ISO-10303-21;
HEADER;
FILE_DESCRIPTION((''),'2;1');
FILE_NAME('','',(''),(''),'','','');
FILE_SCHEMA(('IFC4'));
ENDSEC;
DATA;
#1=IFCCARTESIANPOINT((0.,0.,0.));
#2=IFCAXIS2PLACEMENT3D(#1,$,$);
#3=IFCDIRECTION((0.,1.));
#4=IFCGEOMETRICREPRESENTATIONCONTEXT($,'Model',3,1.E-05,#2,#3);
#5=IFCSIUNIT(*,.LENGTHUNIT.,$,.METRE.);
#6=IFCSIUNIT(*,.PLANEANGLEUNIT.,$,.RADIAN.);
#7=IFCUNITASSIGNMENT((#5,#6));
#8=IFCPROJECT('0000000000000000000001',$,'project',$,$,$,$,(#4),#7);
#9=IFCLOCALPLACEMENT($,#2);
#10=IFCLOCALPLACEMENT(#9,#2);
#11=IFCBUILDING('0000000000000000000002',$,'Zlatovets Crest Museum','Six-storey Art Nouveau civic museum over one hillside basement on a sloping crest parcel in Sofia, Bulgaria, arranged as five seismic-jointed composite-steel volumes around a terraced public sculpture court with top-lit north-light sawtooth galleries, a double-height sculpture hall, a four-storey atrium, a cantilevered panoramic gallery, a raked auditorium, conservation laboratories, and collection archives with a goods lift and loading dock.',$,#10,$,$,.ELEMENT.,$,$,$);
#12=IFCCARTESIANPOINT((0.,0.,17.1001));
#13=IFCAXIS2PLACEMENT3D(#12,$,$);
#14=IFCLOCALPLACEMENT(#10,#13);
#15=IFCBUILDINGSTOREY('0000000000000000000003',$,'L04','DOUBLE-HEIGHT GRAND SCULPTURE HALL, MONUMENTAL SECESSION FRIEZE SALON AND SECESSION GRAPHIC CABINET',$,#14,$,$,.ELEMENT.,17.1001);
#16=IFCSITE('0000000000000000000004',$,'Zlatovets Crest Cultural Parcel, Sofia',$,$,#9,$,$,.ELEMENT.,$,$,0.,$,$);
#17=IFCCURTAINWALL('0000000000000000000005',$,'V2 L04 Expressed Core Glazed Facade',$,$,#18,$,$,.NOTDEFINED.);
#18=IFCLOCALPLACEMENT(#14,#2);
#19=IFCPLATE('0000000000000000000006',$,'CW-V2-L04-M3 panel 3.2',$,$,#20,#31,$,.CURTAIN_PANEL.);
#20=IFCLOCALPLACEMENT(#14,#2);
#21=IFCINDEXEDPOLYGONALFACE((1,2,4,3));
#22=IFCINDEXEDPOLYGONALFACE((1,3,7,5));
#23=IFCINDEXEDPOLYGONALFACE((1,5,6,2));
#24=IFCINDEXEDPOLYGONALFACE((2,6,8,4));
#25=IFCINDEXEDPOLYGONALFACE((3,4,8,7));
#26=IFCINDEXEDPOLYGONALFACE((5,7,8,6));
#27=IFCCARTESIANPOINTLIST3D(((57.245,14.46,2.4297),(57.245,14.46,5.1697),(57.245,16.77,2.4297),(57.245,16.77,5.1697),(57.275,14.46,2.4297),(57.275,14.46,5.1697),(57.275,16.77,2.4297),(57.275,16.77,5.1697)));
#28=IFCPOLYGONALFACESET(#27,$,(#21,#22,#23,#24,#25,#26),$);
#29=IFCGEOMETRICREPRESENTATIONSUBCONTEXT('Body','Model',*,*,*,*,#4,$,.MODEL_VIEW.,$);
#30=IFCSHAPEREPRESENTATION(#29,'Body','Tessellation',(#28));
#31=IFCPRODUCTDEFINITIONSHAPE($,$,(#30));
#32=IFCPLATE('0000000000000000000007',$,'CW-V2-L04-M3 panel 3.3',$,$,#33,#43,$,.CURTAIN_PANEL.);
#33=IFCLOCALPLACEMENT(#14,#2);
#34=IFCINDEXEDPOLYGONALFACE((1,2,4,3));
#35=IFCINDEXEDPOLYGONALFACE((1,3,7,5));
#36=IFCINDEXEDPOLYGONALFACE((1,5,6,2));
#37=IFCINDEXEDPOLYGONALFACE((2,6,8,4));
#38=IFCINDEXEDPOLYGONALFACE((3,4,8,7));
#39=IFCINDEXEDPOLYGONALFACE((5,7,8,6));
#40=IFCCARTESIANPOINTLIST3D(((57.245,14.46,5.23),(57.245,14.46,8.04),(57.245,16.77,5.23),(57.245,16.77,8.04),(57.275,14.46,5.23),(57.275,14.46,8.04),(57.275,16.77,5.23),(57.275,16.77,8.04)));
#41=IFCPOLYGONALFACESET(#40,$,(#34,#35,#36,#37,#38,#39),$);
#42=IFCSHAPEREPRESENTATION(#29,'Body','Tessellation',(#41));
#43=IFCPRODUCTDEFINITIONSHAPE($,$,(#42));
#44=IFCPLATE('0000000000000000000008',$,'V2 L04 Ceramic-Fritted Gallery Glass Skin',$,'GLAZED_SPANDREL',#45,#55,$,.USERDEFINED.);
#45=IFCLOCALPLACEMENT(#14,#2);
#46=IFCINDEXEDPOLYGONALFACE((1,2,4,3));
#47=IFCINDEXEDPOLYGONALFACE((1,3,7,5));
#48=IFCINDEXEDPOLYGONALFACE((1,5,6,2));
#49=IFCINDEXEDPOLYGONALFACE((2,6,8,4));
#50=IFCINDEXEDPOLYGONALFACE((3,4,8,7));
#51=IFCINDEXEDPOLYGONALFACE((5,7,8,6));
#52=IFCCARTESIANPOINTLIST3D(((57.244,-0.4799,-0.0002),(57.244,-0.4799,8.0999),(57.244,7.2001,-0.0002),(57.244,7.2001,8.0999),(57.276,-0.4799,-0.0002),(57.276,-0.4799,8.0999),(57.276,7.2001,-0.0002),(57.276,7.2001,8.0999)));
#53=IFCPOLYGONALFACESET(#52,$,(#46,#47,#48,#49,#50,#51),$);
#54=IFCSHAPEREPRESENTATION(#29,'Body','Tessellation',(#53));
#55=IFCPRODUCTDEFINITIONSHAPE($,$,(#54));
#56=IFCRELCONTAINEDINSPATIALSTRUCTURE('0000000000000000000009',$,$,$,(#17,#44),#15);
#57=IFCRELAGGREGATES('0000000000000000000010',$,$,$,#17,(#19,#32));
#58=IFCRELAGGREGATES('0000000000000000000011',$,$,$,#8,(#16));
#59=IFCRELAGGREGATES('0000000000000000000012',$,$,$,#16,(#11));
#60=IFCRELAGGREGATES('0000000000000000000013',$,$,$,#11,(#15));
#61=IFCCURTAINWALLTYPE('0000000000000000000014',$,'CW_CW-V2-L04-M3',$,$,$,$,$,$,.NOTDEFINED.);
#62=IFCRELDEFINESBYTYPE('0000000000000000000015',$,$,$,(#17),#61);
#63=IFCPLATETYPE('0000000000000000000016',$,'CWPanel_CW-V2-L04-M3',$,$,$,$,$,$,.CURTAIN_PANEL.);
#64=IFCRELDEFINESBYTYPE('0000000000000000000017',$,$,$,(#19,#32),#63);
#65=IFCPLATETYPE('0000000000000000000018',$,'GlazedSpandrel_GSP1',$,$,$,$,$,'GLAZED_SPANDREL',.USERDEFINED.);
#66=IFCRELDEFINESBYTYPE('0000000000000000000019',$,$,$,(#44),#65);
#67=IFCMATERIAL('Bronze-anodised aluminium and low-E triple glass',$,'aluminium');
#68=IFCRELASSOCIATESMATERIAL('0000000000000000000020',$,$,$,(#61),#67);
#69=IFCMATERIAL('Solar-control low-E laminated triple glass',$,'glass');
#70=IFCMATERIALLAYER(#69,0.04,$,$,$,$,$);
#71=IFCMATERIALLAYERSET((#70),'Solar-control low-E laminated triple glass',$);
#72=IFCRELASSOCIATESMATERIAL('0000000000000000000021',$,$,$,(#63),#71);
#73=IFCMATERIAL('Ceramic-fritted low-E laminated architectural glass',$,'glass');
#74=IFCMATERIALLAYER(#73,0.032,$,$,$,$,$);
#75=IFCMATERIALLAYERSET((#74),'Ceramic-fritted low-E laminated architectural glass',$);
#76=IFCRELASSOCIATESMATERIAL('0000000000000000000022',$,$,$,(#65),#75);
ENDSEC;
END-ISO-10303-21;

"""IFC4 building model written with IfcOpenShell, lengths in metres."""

from ifc_helpers import new_model, si_unit, direction, frame, origin, origin_2d, place, context, subcontext, project, spatial, rectangle, extrude, material, layer, layer_set, type_object, element, aggregate, save


model = new_model("IFC4")

# Units and contexts
model_context = context("Model", 3, precision=1e-05, world=origin(), true_north=direction((0.0, 1.0)))
body_context = subcontext(model_context, "Body", "Model", "MODEL_VIEW")
ifc_project = project(units=[si_unit("LENGTHUNIT", "METRE"), si_unit("PLANEANGLEUNIT", "RADIAN")], contexts=[model_context])

# Site, building, storey
site_placement = place(None, origin())
site = spatial("IfcSite", under=ifc_project, at=site_placement, Name="Zlatovets Crest Cultural Parcel, Sofia", CompositionType="ELEMENT", RefElevation=0.0)
building_placement = place(site_placement, origin())
building = spatial("IfcBuilding", under=site, at=building_placement, Name="Zlatovets Crest Museum", Description="Six-storey Art Nouveau civic museum over one hillside basement on a sloping crest parcel in Sofia, Bulgaria, arranged as five seismic-jointed composite-steel volumes around a terraced public sculpture court with top-lit north-light sawtooth galleries, a double-height sculpture hall, a four-storey atrium, a cantilevered panoramic gallery, a raked auditorium, conservation laboratories, and collection archives with a goods lift and loading dock.", CompositionType="ELEMENT")
storey_placement = place(building_placement, frame((0.0, 0.0, 17.1001)))
storey = spatial("IfcBuildingStorey", under=building, at=storey_placement, Name="L04", Description="DOUBLE-HEIGHT GRAND SCULPTURE HALL, MONUMENTAL SECESSION FRIEZE SALON AND SECESSION GRAPHIC CABINET", CompositionType="ELEMENT", Elevation=17.1001)

# Curtain wall
ifc_material_1 = material(Name="Bronze-anodised aluminium and low-E triple glass", Category="aluminium")
curtain_wall_type_1 = type_object("IfcCurtainWallType", Name="CW_CW-V2-L04-M3", PredefinedType="NOTDEFINED", material=ifc_material_1)
curtain_wall_1_placement = place(storey_placement, origin())
curtain_wall_1 = element("IfcCurtainWall", 1, at=curtain_wall_1_placement, inside=storey, type_object=curtain_wall_type_1, Name="V2 L04 Expressed Core Glazed Facade", PredefinedType="NOTDEFINED")

# Plates
ifc_material_2 = material(Name="Solar-control low-E laminated triple glass", Category="glass")
ifc_layer_1 = layer(ifc_material_2, 0.04)
ifc_layer_set_1 = layer_set([ifc_layer_1], Name="Solar-control low-E laminated triple glass")
plate_type_1 = type_object("IfcPlateType", Name="CWPanel_CW-V2-L04-M3", PredefinedType="CURTAIN_PANEL", material=ifc_layer_set_1)
plate_1_placement = place(storey_placement, frame((57.26, 15.615, 2.4297), z_axis=(0.0, 0.0, 1.0), x_axis=(0.0, -1.0, 0.0)))
plate_1 = element("IfcPlate", 2, at=plate_1_placement, type_object=plate_type_1, Name="CW-V2-L04-M3 panel 3.2", PredefinedType="CURTAIN_PANEL", context=body_context, shape_type="SweptSolid", body=[
    extrude(rectangle(XDim=2.3101, YDim=0.03, at=origin_2d()), origin(), (0.0, 0.0, 1.0), 2.74),
])
plate_2_placement = place(storey_placement, frame((57.26, 15.615, 5.23), z_axis=(0.0, 0.0, 1.0), x_axis=(0.0, -1.0, 0.0)))
plate_2 = element("IfcPlate", 3, at=plate_2_placement, type_object=plate_type_1, Name="CW-V2-L04-M3 panel 3.3", PredefinedType="CURTAIN_PANEL", context=body_context, shape_type="SweptSolid", body=[
    extrude(rectangle(XDim=2.3101, YDim=0.03, at=origin_2d()), origin(), (0.0, 0.0, 1.0), 2.8101),
])
aggregate(curtain_wall_1, [plate_1, plate_2])
ifc_material_3 = material(Name="Ceramic-fritted low-E laminated architectural glass", Category="glass")
ifc_layer_2 = layer(ifc_material_3, 0.032)
ifc_layer_set_2 = layer_set([ifc_layer_2], Name="Ceramic-fritted low-E laminated architectural glass")
plate_type_2 = type_object("IfcPlateType", Name="GlazedSpandrel_GSP1", ElementType="GLAZED_SPANDREL", PredefinedType="USERDEFINED", material=ifc_layer_set_2)
plate_3_placement = place(storey_placement, frame((57.26, 3.3601, -0.0002), z_axis=(0.0, 0.0, 1.0), x_axis=(0.0, 1.0, 0.0)))
element("IfcPlate", 4, at=plate_3_placement, inside=storey, type_object=plate_type_2, Name="V2 L04 Ceramic-Fritted Gallery Glass Skin", ObjectType="GLAZED_SPANDREL", PredefinedType="USERDEFINED", context=body_context, shape_type="SweptSolid", body=[
    extrude(rectangle(XDim=7.6799, YDim=0.032, at=origin_2d()), origin(), (0.0, 0.0, 1.0), 8.1001),
])

save(model, "model.ifc")
